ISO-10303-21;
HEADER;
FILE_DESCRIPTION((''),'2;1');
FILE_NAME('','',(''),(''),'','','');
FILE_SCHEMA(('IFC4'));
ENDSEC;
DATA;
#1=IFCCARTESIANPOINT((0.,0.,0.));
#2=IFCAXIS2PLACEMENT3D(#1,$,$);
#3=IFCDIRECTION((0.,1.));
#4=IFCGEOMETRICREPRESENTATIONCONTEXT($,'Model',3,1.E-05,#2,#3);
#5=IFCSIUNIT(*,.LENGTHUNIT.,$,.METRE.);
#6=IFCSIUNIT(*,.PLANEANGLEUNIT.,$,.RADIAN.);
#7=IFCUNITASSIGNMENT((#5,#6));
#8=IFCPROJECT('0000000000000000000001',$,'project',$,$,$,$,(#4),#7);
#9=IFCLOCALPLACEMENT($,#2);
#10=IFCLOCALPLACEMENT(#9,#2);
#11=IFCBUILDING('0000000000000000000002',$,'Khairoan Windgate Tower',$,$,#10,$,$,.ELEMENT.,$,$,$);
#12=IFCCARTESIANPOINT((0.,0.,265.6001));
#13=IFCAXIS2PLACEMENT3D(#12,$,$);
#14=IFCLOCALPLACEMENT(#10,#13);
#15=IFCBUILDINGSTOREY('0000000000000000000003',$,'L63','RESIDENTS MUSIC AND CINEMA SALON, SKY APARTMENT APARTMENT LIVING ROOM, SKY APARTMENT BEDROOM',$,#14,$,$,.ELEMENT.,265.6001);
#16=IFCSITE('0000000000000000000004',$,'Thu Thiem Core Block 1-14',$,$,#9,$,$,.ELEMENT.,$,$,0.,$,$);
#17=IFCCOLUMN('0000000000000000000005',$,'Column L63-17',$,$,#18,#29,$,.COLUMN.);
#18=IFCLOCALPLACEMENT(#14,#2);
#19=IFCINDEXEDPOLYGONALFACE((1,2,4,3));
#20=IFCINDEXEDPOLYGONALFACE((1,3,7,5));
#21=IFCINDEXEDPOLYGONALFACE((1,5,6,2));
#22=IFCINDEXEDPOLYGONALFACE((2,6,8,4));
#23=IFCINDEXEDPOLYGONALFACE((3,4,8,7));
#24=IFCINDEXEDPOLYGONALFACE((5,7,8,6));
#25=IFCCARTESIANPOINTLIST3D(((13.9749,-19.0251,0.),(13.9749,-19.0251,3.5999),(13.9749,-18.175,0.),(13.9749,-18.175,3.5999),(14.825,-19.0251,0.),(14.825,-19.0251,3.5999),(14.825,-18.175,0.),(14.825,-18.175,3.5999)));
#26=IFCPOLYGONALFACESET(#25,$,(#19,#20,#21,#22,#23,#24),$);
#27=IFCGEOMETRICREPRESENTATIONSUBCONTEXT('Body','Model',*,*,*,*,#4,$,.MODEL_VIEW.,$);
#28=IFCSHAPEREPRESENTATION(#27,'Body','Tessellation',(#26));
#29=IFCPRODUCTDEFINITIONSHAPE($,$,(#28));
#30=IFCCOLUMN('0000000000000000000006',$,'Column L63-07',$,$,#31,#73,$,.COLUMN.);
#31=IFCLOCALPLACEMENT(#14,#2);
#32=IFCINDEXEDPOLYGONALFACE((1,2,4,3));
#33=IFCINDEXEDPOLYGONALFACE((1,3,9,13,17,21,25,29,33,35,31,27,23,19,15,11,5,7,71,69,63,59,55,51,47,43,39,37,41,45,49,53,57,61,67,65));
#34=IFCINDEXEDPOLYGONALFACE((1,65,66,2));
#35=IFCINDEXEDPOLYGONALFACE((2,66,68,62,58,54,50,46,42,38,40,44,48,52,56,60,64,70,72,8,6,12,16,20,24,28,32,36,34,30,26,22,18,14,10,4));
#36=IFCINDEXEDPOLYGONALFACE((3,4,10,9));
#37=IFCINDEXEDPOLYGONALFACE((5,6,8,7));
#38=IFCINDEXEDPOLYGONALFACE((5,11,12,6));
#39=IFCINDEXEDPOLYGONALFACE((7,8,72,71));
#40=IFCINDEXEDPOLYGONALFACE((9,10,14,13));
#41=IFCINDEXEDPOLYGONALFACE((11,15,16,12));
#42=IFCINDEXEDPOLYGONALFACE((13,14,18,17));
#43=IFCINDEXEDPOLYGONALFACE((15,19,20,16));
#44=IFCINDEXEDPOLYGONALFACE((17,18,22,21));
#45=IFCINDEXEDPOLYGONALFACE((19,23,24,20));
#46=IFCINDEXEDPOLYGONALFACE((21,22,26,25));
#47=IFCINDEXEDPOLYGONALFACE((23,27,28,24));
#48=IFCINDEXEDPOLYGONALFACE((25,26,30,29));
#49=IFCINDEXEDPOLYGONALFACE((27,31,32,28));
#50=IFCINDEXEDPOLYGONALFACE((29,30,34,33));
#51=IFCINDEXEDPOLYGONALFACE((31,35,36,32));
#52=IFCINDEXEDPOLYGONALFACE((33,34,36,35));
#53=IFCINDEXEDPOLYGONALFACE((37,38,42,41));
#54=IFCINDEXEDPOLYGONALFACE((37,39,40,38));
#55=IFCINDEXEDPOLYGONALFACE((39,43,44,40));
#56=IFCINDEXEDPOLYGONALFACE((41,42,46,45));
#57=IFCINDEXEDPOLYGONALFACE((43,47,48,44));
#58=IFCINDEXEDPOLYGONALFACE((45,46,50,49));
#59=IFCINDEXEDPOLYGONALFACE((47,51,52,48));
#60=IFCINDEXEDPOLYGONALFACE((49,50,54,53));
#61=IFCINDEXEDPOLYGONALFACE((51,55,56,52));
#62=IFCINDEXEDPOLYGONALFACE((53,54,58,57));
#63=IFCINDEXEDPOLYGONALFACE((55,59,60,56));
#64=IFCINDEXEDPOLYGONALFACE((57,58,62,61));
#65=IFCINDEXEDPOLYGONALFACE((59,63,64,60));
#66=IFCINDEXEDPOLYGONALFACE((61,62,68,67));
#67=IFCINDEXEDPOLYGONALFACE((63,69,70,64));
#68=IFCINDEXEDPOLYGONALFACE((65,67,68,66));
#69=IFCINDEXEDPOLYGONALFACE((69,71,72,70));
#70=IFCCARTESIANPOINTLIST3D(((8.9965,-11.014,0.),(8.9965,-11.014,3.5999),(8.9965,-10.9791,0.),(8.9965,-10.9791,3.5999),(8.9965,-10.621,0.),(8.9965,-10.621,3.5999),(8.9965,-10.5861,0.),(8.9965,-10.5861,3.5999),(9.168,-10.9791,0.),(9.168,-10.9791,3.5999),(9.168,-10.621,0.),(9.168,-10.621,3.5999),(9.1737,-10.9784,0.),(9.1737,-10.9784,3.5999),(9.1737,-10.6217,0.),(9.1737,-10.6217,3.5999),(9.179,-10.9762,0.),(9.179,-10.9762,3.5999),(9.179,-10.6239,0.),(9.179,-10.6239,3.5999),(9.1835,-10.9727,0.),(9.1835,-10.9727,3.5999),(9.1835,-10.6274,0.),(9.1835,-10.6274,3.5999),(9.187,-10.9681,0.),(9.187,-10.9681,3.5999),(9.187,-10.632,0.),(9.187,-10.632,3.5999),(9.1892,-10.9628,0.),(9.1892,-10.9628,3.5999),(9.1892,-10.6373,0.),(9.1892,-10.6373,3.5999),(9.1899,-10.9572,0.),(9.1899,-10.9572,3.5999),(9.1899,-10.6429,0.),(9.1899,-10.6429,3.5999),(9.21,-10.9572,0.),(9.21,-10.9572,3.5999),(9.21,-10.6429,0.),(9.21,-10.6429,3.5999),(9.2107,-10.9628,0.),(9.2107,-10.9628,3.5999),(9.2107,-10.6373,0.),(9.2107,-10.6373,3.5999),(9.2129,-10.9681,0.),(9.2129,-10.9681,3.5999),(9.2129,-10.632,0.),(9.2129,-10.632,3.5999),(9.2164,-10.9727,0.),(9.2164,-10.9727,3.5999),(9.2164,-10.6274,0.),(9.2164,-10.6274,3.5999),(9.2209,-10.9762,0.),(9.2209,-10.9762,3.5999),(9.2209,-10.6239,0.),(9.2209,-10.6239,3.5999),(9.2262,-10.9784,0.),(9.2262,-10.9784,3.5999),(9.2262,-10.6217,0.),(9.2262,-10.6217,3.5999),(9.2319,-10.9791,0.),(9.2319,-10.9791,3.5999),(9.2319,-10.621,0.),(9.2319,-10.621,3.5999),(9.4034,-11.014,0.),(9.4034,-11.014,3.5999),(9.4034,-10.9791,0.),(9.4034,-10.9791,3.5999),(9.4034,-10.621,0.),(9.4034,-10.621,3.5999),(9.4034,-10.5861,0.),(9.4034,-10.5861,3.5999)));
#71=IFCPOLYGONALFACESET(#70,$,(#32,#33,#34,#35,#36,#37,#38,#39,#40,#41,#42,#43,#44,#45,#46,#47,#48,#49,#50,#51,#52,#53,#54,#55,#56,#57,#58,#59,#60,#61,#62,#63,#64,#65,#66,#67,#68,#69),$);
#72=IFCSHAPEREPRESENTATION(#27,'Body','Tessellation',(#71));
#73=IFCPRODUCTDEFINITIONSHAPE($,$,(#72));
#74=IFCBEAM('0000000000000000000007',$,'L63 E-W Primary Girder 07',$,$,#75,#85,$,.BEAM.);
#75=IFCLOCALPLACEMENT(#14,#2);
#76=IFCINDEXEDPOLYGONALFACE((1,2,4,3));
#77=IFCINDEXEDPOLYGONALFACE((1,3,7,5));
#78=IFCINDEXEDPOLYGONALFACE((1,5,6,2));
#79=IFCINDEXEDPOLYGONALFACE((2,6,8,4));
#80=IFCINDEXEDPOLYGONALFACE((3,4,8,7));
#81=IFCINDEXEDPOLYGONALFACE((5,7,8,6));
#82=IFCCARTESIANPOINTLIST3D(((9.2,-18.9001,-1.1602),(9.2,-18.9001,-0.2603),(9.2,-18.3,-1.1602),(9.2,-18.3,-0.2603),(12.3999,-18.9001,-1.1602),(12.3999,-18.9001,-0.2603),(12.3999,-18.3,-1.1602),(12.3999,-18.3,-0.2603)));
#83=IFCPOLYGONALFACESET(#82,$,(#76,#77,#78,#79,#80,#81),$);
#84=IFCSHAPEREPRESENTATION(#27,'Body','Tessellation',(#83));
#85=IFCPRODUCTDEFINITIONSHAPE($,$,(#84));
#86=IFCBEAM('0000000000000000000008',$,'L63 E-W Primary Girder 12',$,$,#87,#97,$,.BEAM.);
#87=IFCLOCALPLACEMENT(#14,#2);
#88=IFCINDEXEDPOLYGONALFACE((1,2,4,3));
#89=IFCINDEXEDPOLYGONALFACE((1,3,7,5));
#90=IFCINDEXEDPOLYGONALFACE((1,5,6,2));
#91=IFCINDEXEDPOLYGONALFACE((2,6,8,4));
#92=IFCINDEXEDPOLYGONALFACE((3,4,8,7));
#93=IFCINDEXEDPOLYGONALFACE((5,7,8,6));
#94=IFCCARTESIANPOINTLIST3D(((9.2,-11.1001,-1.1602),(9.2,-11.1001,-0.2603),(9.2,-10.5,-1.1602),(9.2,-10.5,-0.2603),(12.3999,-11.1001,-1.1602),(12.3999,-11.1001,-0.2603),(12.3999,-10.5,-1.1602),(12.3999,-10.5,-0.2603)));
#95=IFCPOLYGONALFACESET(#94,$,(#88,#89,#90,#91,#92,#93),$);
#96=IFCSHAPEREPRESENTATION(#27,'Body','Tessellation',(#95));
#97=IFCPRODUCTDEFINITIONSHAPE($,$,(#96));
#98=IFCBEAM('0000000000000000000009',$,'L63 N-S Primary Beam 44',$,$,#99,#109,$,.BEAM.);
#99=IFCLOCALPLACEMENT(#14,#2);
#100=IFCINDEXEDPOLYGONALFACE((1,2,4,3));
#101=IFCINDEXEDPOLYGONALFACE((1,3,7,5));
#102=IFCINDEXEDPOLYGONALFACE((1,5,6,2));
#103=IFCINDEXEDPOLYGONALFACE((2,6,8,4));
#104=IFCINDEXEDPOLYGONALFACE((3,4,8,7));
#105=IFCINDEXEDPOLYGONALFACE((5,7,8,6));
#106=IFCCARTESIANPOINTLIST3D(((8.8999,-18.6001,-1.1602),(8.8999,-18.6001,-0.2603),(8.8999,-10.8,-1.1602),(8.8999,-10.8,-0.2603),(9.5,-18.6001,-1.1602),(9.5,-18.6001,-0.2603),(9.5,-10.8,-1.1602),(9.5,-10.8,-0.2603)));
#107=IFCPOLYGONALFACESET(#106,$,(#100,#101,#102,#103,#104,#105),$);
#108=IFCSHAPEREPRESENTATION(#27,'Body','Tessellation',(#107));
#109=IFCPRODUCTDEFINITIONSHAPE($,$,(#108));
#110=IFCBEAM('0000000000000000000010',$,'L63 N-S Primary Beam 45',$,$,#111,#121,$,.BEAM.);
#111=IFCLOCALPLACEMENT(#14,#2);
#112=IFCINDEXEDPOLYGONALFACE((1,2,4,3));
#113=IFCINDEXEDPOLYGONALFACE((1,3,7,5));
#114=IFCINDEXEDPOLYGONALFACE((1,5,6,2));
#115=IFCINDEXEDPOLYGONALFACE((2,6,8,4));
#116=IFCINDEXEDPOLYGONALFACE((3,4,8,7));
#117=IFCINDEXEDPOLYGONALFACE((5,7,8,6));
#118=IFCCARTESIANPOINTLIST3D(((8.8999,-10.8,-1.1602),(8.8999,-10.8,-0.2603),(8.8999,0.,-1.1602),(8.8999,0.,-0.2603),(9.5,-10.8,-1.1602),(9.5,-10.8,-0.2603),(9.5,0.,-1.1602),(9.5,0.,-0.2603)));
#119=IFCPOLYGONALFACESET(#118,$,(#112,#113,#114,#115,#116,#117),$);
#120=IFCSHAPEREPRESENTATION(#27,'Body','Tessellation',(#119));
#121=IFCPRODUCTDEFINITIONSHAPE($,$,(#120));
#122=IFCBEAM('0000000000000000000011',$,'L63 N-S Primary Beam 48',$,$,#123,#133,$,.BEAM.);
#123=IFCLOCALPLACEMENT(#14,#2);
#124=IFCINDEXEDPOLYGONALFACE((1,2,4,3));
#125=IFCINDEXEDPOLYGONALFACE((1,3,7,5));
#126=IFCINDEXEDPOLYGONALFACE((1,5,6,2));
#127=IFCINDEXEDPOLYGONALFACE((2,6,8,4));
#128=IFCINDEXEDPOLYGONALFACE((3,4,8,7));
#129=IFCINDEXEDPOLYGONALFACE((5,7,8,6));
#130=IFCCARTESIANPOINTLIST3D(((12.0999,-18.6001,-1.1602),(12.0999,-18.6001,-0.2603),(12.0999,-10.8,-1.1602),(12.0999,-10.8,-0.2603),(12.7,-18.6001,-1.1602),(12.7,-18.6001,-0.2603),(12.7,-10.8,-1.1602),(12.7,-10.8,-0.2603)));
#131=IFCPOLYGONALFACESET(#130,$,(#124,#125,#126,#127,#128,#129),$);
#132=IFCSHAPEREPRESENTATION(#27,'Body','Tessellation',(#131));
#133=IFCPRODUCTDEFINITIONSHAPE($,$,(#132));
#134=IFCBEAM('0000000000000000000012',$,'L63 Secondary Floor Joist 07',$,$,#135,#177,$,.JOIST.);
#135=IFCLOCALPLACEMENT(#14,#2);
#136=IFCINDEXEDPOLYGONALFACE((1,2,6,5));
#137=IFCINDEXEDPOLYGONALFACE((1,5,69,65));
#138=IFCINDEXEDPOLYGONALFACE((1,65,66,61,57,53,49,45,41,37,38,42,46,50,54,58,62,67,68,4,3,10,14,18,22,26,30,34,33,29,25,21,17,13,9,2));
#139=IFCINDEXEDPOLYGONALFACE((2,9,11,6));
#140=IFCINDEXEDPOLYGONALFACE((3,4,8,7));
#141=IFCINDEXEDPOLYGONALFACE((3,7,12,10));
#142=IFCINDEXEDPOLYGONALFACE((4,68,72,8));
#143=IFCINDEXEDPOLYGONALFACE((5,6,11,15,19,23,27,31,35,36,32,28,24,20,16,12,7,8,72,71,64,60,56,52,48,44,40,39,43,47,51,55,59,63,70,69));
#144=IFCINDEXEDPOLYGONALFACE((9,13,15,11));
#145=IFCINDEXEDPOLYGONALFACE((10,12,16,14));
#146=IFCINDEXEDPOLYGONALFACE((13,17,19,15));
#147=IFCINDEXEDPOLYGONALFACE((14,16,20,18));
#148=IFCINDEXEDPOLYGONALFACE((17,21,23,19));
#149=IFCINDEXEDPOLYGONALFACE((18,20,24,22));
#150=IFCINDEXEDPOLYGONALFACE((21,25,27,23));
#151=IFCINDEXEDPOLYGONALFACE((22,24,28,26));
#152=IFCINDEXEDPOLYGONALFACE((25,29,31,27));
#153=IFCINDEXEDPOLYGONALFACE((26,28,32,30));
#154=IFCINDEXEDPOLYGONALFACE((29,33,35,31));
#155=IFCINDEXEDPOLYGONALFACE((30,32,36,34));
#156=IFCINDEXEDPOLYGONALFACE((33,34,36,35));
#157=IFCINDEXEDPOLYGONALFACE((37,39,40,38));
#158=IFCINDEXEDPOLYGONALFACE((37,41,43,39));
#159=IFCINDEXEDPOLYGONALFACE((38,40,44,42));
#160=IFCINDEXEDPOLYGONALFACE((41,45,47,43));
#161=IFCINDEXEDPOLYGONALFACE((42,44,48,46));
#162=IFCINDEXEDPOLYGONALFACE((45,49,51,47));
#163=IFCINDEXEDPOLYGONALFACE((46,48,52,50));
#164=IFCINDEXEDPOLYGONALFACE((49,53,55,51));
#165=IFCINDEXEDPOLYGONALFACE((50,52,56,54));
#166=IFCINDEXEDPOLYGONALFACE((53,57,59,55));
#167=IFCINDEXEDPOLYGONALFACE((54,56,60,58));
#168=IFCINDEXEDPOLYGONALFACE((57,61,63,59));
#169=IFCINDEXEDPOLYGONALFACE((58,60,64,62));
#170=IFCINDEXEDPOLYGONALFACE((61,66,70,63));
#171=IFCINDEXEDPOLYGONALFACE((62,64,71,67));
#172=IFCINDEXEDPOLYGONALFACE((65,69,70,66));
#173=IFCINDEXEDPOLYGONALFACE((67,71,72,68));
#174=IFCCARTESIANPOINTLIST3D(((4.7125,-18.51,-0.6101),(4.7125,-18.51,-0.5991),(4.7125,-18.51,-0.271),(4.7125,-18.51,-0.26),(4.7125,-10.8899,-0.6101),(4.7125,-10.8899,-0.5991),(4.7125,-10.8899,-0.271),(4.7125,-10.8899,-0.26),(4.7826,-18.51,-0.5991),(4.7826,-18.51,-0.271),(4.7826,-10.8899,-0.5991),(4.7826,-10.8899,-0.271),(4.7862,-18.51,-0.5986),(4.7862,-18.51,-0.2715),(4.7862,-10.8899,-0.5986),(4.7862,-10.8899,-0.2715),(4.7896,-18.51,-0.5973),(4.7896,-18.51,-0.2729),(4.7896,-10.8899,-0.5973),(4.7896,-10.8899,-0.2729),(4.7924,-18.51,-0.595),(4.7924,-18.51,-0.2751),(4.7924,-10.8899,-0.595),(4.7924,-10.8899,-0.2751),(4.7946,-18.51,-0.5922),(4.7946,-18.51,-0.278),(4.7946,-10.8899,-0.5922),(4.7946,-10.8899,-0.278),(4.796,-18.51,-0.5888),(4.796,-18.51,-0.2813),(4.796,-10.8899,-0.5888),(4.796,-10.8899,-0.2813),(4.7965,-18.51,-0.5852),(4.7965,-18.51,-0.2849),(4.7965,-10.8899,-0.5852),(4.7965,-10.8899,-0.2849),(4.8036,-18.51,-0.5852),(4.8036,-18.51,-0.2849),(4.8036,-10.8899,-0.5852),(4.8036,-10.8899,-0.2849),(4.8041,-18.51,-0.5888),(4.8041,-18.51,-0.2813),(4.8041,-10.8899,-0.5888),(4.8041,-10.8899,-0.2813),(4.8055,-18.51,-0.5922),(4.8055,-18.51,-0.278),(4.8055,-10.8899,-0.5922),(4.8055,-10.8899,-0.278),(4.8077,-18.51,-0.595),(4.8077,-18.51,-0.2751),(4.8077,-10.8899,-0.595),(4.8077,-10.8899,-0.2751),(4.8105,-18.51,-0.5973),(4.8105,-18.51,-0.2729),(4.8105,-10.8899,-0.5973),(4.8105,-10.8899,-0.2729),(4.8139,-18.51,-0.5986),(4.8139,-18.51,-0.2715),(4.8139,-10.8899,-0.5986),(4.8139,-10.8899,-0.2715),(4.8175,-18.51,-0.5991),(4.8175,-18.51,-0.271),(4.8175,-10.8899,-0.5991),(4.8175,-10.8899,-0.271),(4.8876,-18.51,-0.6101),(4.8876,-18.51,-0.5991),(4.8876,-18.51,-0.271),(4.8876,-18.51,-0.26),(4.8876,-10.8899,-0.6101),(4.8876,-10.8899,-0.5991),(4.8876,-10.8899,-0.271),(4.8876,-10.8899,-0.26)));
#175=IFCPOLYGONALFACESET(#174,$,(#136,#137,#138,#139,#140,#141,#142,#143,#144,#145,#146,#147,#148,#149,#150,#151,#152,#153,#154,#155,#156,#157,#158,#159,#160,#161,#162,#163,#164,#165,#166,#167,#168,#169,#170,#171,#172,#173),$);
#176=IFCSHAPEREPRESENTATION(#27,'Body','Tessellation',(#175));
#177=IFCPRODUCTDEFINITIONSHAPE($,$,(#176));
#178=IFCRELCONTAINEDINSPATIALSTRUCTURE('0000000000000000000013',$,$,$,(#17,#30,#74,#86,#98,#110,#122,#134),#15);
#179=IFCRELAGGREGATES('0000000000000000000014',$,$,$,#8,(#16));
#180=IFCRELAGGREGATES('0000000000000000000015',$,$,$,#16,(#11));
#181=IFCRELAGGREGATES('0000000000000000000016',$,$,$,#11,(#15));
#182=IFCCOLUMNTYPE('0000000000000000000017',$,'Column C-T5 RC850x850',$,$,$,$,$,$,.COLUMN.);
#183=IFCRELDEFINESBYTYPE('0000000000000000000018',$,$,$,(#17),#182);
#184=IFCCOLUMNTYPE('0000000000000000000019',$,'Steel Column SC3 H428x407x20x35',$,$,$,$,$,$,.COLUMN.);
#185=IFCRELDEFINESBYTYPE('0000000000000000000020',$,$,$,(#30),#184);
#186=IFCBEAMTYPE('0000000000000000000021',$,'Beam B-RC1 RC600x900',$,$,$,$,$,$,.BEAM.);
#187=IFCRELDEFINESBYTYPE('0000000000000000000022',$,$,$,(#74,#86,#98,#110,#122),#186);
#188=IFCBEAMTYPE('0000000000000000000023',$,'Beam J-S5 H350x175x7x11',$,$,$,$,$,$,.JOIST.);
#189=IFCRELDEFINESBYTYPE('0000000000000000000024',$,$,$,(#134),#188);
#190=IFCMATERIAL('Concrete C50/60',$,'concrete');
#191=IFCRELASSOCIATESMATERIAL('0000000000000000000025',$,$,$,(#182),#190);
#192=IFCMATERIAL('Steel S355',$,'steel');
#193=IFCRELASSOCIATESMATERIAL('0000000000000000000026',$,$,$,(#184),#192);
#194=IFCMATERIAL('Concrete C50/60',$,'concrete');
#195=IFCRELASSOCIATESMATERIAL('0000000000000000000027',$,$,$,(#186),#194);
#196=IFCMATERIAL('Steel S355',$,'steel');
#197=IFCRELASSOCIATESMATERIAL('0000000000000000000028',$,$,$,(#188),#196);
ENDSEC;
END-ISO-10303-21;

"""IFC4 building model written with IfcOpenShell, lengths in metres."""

from ifc_helpers import new_model, si_unit, direction, frame, origin, origin_2d, place, context, subcontext, project, spatial, rectangle, i_section, extrude, material, material_profile, profile_set, type_object, element, save


model = new_model("IFC4")

# Units and contexts
model_context = context("Model", 3, precision=1e-05, world=origin(), true_north=direction((0.0, 1.0)))
body_context = subcontext(model_context, "Body", "Model", "MODEL_VIEW")
ifc_project = project(units=[si_unit("LENGTHUNIT", "METRE"), si_unit("PLANEANGLEUNIT", "RADIAN")], contexts=[model_context])

# Site, building, storey
site_placement = place(None, origin())
site = spatial("IfcSite", under=ifc_project, at=site_placement, Name="Thu Thiem Core Block 1-14", CompositionType="ELEMENT", RefElevation=0.0)
building_placement = place(site_placement, origin())
building = spatial("IfcBuilding", under=site, at=building_placement, Name="Khairoan Windgate Tower", CompositionType="ELEMENT")
storey_placement = place(building_placement, frame((0.0, 0.0, 265.6001)))
storey = spatial("IfcBuildingStorey", under=building, at=storey_placement, Name="L63", Description="RESIDENTS MUSIC AND CINEMA SALON, SKY APARTMENT APARTMENT LIVING ROOM, SKY APARTMENT BEDROOM", CompositionType="ELEMENT", Elevation=265.6001)

# Columns
ifc_material_1 = material(Name="Concrete C50/60", Category="concrete")
ifc_material_profile_1 = material_profile(ifc_material_1, rectangle(XDim=0.8501, YDim=0.8501, at=origin_2d()))
ifc_profile_set_1 = profile_set([ifc_material_profile_1], Name="Concrete C50/60")
column_type_1 = type_object("IfcColumnType", Name="Column C-T5 RC850x850", PredefinedType="COLUMN", material=ifc_profile_set_1)
column_1_placement = place(storey_placement, frame((14.3999, -18.6001, 0.0), z_axis=(0.0, 0.0, 1.0), x_axis=(1.0, 0.0, 0.0)))
element("IfcColumn", 1, at=column_1_placement, inside=storey, type_object=column_type_1, Name="Column L63-17", PredefinedType="COLUMN", context=body_context, shape_type="SweptSolid", body=[
    extrude(rectangle(XDim=0.8501, YDim=0.8501, at=origin_2d()), origin(), (0.0, 0.0, 1.0), 3.5999),
])
ifc_material_2 = material(Name="Steel S355", Category="steel")
ifc_material_profile_2 = material_profile(ifc_material_2, i_section(OverallWidth=0.407, OverallDepth=0.428, WebThickness=0.02, FlangeThickness=0.0349, FilletRadius=0.022, at=origin_2d()))
ifc_profile_set_2 = profile_set([ifc_material_profile_2], Name="Steel S355")
column_type_2 = type_object("IfcColumnType", Name="Steel Column SC3 H428x407x20x35", PredefinedType="COLUMN", material=ifc_profile_set_2)
column_2_placement = place(storey_placement, frame((9.2, -10.8, 0.0), z_axis=(0.0, 0.0, 1.0), x_axis=(1.0, 0.0, 0.0)))
element("IfcColumn", 2, at=column_2_placement, inside=storey, type_object=column_type_2, Name="Column L63-07", PredefinedType="COLUMN", context=body_context, shape_type="SweptSolid", body=[
    extrude(i_section(OverallWidth=0.407, OverallDepth=0.428, WebThickness=0.02, FlangeThickness=0.0349, FilletRadius=0.022, at=origin_2d()), origin(), (0.0, 0.0, 1.0), 3.5999),
])

# Beams
ifc_material_3 = material(Name="Concrete C50/60", Category="concrete")
ifc_material_profile_3 = material_profile(ifc_material_3, rectangle(XDim=0.6001, YDim=0.8999, at=origin_2d()))
ifc_profile_set_3 = profile_set([ifc_material_profile_3], Name="Concrete C50/60")
beam_type_1 = type_object("IfcBeamType", Name="Beam B-RC1 RC600x900", PredefinedType="BEAM", material=ifc_profile_set_3)
for number, where, z_axis, x_axis, name in (
    (3, (9.2, -18.6001, -0.7102), (1.0, 0.0, 0.0), (0.0, 1.0, 0.0), "L63 E-W Primary Girder 07"),
    (4, (9.2, -10.8, -0.7102), (1.0, 0.0, 0.0), (0.0, 1.0, 0.0), "L63 E-W Primary Girder 12"),
):
    element("IfcBeam", number, at=place(storey_placement, frame(where, z_axis=z_axis, x_axis=x_axis)), inside=storey, type_object=beam_type_1, Name=name, PredefinedType="BEAM", context=body_context, shape_type="SweptSolid", body=[
        extrude(rectangle(XDim=0.6001, YDim=0.8999, at=origin_2d()), origin(), (0.0, 0.0, 1.0), 3.2),
    ])
beam_1_placement = place(storey_placement, frame((9.2, -18.6001, -0.7102), z_axis=(0.0, 1.0, 0.0), x_axis=(-1.0, 0.0, 0.0)))
element("IfcBeam", 5, at=beam_1_placement, inside=storey, type_object=beam_type_1, Name="L63 N-S Primary Beam 44", PredefinedType="BEAM", context=body_context, shape_type="SweptSolid", body=[
    extrude(rectangle(XDim=0.6001, YDim=0.8999, at=origin_2d()), origin(), (0.0, 0.0, 1.0), 7.8),
])
beam_2_placement = place(storey_placement, frame((9.2, -10.8, -0.7102), z_axis=(0.0, 1.0, 0.0), x_axis=(-1.0, 0.0, 0.0)))
element("IfcBeam", 6, at=beam_2_placement, inside=storey, type_object=beam_type_1, Name="L63 N-S Primary Beam 45", PredefinedType="BEAM", context=body_context, shape_type="SweptSolid", body=[
    extrude(rectangle(XDim=0.6001, YDim=0.8999, at=origin_2d()), origin(), (0.0, 0.0, 1.0), 10.8),
])
beam_3_placement = place(storey_placement, frame((12.3999, -18.6001, -0.7102), z_axis=(0.0, 1.0, 0.0), x_axis=(-1.0, 0.0, 0.0)))
element("IfcBeam", 7, at=beam_3_placement, inside=storey, type_object=beam_type_1, Name="L63 N-S Primary Beam 48", PredefinedType="BEAM", context=body_context, shape_type="SweptSolid", body=[
    extrude(rectangle(XDim=0.6001, YDim=0.8999, at=origin_2d()), origin(), (0.0, 0.0, 1.0), 7.8),
])
ifc_material_4 = material(Name="Steel S355", Category="steel")
ifc_material_profile_4 = material_profile(ifc_material_4, i_section(OverallWidth=0.175, OverallDepth=0.3501, WebThickness=0.0071, FlangeThickness=0.011, FilletRadius=0.0139, at=origin_2d()))
ifc_profile_set_4 = profile_set([ifc_material_profile_4], Name="Steel S355")
beam_type_2 = type_object("IfcBeamType", Name="Beam J-S5 H350x175x7x11", PredefinedType="JOIST", material=ifc_profile_set_4)
beam_4_placement = place(storey_placement, frame((4.8, -18.51, -0.4351), z_axis=(0.0, 1.0, 0.0), x_axis=(-1.0, 0.0, 0.0)))
element("IfcBeam", 8, at=beam_4_placement, inside=storey, type_object=beam_type_2, Name="L63 Secondary Floor Joist 07", PredefinedType="JOIST", context=body_context, shape_type="SweptSolid", body=[
    extrude(i_section(OverallWidth=0.175, OverallDepth=0.3501, WebThickness=0.0071, FlangeThickness=0.011, FilletRadius=0.0139, at=origin_2d()), origin(), (0.0, 0.0, 1.0), 7.6201),
])

save(model, "model.ifc")
